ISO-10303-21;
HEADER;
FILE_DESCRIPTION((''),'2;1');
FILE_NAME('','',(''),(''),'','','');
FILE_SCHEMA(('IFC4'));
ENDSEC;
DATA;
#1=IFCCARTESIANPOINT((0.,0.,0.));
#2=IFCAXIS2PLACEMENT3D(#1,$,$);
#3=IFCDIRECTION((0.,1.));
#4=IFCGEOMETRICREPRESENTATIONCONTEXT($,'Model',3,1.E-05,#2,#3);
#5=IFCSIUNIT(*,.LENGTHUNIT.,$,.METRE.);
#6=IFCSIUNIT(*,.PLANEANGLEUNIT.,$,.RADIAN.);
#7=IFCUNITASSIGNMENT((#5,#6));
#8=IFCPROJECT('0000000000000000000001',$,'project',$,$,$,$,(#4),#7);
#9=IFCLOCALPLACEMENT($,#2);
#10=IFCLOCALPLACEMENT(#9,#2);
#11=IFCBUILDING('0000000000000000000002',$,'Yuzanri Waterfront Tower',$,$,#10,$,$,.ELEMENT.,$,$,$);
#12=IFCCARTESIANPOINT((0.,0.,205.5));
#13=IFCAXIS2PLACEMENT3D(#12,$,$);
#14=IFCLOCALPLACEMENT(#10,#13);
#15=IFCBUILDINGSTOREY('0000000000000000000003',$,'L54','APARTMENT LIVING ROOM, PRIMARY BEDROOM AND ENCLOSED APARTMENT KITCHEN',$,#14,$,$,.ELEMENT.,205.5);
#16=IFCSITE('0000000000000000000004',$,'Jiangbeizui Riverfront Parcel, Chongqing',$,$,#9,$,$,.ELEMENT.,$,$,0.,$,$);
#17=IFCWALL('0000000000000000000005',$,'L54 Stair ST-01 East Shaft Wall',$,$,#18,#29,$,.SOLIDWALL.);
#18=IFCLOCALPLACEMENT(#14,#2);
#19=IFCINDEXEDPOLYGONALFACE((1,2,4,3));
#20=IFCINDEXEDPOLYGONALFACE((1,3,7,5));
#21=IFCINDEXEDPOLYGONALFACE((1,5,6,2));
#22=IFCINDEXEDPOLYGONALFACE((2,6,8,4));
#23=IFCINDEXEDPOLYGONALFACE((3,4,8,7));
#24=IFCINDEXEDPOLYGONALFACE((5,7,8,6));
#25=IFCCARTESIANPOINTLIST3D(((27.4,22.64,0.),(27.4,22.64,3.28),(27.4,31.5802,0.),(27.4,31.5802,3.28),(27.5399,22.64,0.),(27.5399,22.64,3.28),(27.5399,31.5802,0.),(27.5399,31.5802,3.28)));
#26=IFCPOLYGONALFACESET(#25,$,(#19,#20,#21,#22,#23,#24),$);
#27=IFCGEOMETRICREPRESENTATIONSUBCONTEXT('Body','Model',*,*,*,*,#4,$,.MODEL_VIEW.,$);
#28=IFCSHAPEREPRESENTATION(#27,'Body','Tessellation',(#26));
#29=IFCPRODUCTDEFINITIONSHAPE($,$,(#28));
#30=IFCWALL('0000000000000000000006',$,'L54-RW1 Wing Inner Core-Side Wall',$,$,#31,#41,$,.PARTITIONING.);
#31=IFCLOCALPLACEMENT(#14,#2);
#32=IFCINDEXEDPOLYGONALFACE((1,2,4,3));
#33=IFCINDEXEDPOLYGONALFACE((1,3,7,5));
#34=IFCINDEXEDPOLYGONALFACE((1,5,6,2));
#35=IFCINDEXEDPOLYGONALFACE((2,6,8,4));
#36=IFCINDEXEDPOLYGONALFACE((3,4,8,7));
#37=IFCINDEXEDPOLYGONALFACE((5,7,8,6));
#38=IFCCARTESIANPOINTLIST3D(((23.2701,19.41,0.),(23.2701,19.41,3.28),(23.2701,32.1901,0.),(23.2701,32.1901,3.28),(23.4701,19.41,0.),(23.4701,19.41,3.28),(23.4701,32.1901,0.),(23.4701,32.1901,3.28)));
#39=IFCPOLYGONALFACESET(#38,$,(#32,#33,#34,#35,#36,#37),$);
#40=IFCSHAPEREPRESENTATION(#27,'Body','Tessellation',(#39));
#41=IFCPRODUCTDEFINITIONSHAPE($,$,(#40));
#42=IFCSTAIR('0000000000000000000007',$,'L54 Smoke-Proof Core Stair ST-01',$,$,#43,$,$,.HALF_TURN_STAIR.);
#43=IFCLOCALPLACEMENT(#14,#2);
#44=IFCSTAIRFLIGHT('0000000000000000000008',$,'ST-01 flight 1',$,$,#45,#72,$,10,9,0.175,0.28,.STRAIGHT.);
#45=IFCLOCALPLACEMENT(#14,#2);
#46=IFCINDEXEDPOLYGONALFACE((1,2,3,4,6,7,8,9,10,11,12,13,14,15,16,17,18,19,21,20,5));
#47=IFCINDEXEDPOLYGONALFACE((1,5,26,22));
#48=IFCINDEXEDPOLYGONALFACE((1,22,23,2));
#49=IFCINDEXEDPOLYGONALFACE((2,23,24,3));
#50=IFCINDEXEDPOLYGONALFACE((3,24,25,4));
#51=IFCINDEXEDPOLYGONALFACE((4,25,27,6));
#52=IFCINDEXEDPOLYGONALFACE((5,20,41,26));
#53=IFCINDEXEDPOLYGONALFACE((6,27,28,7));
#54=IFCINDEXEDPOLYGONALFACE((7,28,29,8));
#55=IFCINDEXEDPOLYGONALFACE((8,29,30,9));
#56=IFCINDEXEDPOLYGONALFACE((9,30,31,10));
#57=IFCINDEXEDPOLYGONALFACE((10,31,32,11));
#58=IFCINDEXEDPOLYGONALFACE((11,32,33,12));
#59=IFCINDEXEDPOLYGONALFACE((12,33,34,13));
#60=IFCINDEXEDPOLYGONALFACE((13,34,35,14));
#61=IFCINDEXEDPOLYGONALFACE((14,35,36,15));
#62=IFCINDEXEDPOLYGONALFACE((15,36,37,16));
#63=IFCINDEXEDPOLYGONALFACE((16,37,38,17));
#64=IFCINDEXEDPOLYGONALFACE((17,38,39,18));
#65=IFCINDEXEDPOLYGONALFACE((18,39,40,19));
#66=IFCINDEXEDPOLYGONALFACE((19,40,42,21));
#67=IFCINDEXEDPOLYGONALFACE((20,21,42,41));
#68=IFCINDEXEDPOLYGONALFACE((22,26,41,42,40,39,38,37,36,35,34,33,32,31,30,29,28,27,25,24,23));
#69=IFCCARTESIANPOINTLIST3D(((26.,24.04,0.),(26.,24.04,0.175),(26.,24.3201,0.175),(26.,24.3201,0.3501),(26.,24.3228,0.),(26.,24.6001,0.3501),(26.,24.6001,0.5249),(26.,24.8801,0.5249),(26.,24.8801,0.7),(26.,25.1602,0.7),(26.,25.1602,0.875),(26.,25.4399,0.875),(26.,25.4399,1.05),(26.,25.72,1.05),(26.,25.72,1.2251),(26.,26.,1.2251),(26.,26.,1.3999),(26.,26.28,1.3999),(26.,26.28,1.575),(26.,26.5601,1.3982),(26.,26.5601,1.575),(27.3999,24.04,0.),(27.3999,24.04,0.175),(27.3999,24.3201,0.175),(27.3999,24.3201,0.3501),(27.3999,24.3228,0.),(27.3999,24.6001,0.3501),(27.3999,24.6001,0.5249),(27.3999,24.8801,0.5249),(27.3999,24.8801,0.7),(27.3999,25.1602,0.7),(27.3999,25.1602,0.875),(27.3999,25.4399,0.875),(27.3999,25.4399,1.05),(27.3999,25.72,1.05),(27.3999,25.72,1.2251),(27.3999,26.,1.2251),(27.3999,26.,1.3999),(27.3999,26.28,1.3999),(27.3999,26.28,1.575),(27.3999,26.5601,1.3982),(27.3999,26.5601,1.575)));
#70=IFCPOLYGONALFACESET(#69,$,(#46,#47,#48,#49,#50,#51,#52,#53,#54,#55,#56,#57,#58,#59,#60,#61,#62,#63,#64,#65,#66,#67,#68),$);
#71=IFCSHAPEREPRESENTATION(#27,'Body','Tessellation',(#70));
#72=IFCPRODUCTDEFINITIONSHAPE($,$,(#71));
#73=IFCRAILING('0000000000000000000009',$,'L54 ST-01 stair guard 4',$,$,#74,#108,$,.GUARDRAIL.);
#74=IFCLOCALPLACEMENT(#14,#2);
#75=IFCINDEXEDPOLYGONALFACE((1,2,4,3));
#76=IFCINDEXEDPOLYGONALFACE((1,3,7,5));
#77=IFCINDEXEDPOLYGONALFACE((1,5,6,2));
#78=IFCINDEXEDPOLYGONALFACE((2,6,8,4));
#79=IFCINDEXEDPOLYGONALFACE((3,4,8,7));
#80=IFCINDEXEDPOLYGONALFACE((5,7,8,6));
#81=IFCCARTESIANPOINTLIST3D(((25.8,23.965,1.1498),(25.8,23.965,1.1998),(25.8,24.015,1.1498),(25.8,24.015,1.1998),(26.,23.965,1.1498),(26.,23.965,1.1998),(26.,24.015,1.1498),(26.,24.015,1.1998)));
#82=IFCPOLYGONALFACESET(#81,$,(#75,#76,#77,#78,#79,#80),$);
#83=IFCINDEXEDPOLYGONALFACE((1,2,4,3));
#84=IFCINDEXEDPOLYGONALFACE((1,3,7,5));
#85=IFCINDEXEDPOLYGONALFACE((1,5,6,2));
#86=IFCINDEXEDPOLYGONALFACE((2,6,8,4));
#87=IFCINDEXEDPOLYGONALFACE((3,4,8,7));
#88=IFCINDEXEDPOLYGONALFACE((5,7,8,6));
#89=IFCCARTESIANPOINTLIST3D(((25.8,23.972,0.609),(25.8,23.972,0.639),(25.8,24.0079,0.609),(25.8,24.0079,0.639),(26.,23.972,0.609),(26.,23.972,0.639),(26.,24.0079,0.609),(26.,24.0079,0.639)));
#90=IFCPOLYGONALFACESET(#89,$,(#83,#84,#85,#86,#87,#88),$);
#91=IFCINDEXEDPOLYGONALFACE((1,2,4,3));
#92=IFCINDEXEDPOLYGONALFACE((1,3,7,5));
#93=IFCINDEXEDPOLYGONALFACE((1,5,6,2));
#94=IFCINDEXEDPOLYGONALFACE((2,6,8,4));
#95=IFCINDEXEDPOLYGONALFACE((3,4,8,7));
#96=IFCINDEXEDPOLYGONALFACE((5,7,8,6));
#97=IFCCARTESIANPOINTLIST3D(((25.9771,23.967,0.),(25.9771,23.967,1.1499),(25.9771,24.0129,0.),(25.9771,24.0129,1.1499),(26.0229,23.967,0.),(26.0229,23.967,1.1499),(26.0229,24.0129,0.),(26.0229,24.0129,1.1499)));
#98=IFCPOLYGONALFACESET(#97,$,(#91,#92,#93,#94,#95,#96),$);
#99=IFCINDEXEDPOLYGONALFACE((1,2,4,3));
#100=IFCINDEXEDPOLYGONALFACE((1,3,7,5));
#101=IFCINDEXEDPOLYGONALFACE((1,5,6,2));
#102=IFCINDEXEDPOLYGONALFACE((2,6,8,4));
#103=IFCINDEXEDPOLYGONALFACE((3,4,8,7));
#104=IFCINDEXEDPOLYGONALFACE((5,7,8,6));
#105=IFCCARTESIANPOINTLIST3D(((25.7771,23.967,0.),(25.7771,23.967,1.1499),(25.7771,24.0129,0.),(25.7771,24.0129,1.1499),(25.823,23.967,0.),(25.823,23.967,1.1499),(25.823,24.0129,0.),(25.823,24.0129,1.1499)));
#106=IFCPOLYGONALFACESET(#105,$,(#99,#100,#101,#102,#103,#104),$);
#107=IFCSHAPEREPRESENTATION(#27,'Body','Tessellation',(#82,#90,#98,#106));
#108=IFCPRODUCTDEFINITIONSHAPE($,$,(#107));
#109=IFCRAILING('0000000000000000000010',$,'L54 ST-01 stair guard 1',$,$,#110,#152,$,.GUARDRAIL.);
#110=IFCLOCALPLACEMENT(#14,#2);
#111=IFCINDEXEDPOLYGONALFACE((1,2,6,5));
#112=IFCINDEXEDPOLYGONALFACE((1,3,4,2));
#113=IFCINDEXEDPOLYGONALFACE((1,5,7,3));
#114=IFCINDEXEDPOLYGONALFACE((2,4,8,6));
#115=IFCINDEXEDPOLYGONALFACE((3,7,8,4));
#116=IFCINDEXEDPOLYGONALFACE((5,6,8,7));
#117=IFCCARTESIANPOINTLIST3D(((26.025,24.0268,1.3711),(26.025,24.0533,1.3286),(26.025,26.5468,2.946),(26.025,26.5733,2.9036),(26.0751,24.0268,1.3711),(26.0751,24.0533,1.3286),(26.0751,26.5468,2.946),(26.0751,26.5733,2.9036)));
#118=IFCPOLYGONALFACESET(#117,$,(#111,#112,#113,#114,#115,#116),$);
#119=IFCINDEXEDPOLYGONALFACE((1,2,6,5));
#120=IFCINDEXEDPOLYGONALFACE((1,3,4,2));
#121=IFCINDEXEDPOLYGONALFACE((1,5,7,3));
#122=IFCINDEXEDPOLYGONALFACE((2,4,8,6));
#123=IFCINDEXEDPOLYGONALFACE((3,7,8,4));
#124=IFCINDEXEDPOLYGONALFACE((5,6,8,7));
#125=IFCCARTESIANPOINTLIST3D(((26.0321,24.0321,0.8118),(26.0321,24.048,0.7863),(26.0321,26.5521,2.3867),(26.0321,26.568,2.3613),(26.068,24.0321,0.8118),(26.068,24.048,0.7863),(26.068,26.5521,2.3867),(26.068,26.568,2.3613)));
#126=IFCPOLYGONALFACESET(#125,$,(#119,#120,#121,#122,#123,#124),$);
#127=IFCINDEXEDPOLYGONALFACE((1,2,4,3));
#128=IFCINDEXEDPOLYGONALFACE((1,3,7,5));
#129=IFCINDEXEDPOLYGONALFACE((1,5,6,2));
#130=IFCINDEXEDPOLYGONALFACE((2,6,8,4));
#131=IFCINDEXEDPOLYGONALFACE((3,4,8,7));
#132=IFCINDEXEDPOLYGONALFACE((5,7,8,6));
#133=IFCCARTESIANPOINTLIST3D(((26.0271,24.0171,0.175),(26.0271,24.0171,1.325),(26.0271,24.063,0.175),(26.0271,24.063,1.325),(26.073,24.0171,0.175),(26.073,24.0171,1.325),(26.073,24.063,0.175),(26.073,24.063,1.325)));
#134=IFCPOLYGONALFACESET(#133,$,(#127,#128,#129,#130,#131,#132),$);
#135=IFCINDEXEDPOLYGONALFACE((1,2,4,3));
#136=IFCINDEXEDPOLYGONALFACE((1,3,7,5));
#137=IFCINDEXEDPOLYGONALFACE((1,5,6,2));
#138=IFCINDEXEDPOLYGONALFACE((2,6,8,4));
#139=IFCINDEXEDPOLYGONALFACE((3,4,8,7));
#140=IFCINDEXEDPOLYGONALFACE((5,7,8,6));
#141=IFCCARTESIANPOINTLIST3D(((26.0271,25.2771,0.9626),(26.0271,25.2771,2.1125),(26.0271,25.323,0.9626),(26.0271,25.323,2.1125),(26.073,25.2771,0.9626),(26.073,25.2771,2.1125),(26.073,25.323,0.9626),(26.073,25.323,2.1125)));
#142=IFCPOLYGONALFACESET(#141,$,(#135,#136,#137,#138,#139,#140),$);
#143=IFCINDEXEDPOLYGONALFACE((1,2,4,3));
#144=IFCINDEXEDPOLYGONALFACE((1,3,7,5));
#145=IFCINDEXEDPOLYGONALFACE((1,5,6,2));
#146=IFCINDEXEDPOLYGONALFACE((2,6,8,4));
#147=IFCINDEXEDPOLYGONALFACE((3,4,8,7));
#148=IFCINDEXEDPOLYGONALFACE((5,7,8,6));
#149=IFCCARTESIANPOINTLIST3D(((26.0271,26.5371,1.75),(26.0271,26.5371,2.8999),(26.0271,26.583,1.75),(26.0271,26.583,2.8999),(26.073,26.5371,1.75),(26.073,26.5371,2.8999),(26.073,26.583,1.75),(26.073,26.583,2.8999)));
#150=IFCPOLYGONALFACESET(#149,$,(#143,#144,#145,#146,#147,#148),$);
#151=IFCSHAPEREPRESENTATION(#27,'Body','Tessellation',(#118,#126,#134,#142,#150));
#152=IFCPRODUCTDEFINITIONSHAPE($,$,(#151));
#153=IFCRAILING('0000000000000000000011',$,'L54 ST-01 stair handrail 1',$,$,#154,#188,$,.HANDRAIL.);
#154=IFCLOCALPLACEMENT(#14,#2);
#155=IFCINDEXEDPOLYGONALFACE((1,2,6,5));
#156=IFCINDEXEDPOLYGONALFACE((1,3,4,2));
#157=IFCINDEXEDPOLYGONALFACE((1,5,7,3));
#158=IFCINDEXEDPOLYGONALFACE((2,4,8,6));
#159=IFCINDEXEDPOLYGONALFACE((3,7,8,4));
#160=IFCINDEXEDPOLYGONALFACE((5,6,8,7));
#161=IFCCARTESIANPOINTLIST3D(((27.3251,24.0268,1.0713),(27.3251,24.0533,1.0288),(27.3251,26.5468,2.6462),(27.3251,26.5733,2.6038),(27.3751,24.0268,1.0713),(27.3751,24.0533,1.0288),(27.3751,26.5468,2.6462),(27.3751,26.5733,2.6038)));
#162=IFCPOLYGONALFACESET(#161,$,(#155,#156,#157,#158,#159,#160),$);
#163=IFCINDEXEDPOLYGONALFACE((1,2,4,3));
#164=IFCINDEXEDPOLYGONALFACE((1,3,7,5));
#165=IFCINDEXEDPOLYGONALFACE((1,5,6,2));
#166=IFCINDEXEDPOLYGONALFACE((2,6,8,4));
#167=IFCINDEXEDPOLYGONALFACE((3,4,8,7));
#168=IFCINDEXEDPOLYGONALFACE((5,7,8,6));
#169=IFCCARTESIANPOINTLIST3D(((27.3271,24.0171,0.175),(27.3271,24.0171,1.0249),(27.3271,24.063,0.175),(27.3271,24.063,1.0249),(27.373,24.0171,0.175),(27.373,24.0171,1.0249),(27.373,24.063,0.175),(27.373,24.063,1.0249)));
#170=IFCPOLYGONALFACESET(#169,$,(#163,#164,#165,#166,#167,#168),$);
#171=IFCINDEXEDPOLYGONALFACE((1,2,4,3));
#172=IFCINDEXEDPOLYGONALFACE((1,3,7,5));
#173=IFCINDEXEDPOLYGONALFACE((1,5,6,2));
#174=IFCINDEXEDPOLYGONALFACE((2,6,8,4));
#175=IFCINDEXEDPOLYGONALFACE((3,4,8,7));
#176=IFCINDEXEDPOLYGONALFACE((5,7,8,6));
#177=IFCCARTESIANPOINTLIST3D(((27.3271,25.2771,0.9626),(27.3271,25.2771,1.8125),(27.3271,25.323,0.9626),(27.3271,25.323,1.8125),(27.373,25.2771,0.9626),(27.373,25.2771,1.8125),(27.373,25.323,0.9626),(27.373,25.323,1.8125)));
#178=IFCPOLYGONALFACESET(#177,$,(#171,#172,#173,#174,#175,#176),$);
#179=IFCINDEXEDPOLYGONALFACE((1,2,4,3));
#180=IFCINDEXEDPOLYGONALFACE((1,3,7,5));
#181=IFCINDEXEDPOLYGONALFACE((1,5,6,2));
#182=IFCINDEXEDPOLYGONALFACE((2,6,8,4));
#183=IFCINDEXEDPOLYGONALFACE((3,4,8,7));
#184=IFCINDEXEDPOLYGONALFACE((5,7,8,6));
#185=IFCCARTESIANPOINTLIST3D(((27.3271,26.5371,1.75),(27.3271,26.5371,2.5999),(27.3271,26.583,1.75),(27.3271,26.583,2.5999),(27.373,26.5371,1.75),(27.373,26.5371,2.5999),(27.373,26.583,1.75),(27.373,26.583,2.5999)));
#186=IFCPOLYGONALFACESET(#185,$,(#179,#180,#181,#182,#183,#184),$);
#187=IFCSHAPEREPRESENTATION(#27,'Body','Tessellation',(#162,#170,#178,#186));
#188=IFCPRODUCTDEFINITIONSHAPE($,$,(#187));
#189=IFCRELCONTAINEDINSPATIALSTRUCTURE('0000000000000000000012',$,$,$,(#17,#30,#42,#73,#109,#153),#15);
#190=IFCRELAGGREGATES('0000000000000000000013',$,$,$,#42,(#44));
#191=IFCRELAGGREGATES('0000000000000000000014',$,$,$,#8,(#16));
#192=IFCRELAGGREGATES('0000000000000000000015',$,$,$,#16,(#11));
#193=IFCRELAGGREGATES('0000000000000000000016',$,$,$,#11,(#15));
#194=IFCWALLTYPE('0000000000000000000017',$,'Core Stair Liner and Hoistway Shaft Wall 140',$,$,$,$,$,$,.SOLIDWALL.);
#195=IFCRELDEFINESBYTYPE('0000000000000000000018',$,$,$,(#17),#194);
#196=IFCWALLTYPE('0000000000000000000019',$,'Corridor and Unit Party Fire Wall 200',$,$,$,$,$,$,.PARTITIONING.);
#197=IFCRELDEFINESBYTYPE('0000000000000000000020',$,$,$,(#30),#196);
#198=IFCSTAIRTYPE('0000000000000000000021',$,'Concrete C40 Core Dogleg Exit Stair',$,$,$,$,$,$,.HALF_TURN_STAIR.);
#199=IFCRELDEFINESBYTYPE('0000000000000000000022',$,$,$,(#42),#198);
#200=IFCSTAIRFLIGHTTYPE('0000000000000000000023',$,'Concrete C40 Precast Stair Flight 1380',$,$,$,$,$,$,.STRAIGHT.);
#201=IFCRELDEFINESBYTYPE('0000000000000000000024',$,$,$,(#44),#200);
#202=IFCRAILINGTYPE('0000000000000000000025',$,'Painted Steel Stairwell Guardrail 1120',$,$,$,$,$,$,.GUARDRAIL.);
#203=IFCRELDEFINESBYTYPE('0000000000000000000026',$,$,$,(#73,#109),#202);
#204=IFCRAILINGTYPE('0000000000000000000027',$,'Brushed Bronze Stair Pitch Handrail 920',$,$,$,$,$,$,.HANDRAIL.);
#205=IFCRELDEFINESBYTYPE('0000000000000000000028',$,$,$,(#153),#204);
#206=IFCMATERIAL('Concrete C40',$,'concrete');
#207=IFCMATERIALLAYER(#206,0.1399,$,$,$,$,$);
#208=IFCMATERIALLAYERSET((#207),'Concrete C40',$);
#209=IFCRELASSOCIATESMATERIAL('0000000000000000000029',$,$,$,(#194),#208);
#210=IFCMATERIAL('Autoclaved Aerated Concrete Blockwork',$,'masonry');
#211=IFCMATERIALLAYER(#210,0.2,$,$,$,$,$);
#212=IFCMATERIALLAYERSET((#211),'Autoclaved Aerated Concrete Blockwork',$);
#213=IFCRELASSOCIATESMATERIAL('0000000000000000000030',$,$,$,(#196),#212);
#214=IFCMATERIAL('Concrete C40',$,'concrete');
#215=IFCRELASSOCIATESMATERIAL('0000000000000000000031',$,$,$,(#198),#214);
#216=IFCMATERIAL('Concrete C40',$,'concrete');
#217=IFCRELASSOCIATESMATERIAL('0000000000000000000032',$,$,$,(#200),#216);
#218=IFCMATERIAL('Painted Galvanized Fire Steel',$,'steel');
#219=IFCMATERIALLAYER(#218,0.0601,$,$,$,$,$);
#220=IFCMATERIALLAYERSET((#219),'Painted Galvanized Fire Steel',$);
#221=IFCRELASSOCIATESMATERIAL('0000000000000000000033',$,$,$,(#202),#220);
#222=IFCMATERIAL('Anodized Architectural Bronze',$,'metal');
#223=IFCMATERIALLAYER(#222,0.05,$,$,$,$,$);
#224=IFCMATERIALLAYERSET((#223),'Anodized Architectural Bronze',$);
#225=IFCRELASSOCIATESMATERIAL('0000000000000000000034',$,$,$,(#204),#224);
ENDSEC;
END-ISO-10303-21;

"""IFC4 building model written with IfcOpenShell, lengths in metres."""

from ifc_helpers import new_model, si_unit, direction, frame, frame_2d, origin, origin_2d, place, context, subcontext, project, spatial, polyline, rectangle, outline, extrude, source, transform, mapped, material, layer, layer_set, type_object, element, aggregate, save


model = new_model("IFC4")

# Units and contexts
model_context = context("Model", 3, precision=1e-05, world=origin(), true_north=direction((0.0, 1.0)))
body_context = subcontext(model_context, "Body", "Model", "MODEL_VIEW")
ifc_project = project(units=[si_unit("LENGTHUNIT", "METRE"), si_unit("PLANEANGLEUNIT", "RADIAN")], contexts=[model_context])

# Site, building, storey
site_placement = place(None, origin())
site = spatial("IfcSite", under=ifc_project, at=site_placement, Name="Jiangbeizui Riverfront Parcel, Chongqing", CompositionType="ELEMENT", RefElevation=0.0)
building_placement = place(site_placement, origin())
building = spatial("IfcBuilding", under=site, at=building_placement, Name="Yuzanri Waterfront Tower", CompositionType="ELEMENT")
storey_placement = place(building_placement, frame((0.0, 0.0, 205.5)))
storey = spatial("IfcBuildingStorey", under=building, at=storey_placement, Name="L54", Description="APARTMENT LIVING ROOM, PRIMARY BEDROOM AND ENCLOSED APARTMENT KITCHEN", CompositionType="ELEMENT", Elevation=205.5)

# Shared definitions
ifc_material_1 = material(Name="Concrete C40", Category="concrete")
ifc_layer_1 = layer(ifc_material_1, 0.1399)
ifc_layer_set_1 = layer_set([ifc_layer_1], Name="Concrete C40")
wall_type_1 = type_object("IfcWallType", Name="Core Stair Liner and Hoistway Shaft Wall 140", PredefinedType="SOLIDWALL", material=ifc_layer_set_1)
ifc_material_2 = material(Name="Autoclaved Aerated Concrete Blockwork", Category="masonry")
ifc_layer_2 = layer(ifc_material_2, 0.2)
ifc_layer_set_2 = layer_set([ifc_layer_2], Name="Autoclaved Aerated Concrete Blockwork")
wall_type_2 = type_object("IfcWallType", Name="Corridor and Unit Party Fire Wall 200", PredefinedType="PARTITIONING", material=ifc_layer_set_2)

# Walls
shared_shape_1 = source(origin(), body_context, "Body", "SweptSolid", [
    extrude(rectangle(XDim=8.9402, YDim=0.1399, at=frame_2d((4.4702, 0.0))), origin(), (0.0, 0.0, 1.0), 3.28),
])
for number, where, z_axis, x_axis, name in (
    (1, (27.47, 22.6399, 0.0), (0.0, 0.0, 1.0), (0.0, 1.0, 0.0), "L54 Stair ST-01 East Shaft Wall"),
):
    element("IfcWall", number, at=place(storey_placement, frame(where, z_axis=z_axis, x_axis=x_axis)), inside=storey, type_object=wall_type_1, Name=name, PredefinedType="SOLIDWALL", context=body_context, shape_type="MappedRepresentation", body=[
        mapped(shared_shape_1, transform((0.0, 0.0, 0.0), scale=1.0)),
    ])
shared_shape_2 = source(origin(), body_context, "Body", "SweptSolid", [
    extrude(rectangle(XDim=12.78, YDim=0.2, at=frame_2d((6.3901, 0.0))), origin(), (0.0, 0.0, 1.0), 3.28),
])
wall_1_placement = place(storey_placement, frame((23.3701, 19.4099, 0.0), z_axis=(0.0, 0.0, 1.0), x_axis=(0.0, 1.0, 0.0)))
element("IfcWall", 2, at=wall_1_placement, inside=storey, type_object=wall_type_2, Name="L54-RW1 Wing Inner Core-Side Wall", PredefinedType="PARTITIONING", context=body_context, shape_type="MappedRepresentation", body=[
    mapped(shared_shape_2, transform((0.0, 0.0, 0.0), scale=1.0)),
])

# Stair, stair flight
ifc_material_3 = material(Name="Concrete C40", Category="concrete")
stair_type = type_object("IfcStairType", Name="Concrete C40 Core Dogleg Exit Stair", PredefinedType="HALF_TURN_STAIR", material=ifc_material_3)
stair_placement = place(storey_placement, origin())
stair = element("IfcStair", 3, at=stair_placement, inside=storey, type_object=stair_type, Name="L54 Smoke-Proof Core Stair ST-01", PredefinedType="HALF_TURN_STAIR")
ifc_material_4 = material(Name="Concrete C40", Category="concrete")
stair_flight_type = type_object("IfcStairFlightType", Name="Concrete C40 Precast Stair Flight 1380", PredefinedType="STRAIGHT", material=ifc_material_4)
shared_shape_3 = source(origin(), body_context, "Body", "SweptSolid", [
    extrude(outline(polyline([(0.0, 0.0), (0.0, 0.175), (0.28, 0.175), (0.28, 0.3501), (0.5601, 0.3501), (0.5601, 0.5249), (0.8401, 0.5249), (0.8401, 0.7), (1.1201, 0.7), (1.1201, 0.875), (1.3999, 0.875), (1.3999, 1.05), (1.6799, 1.05), (1.6799, 1.2251), (1.96, 1.2251), (1.96, 1.3999), (2.24, 1.3999), (2.24, 1.575), (2.52, 1.575), (2.52, 1.75), (2.52, 1.3982), (0.2827, 0.0), (0.0, 0.0)])), frame((0.0, 0.7, 0.0), z_axis=(0.0, -1.0, 0.0), x_axis=(1.0, 0.0, 0.0)), (0.0, 0.0, 1.0), 1.3999),
])
stair_flight_placement = place(storey_placement, frame((26.7, 24.04, 0.0), z_axis=(0.0, 0.0, 1.0), x_axis=(0.0, 1.0, 0.0)))
stair_flight = element("IfcStairFlight", 4, at=stair_flight_placement, type_object=stair_flight_type, Name="ST-01 flight 1", NumberOfRisers=10, NumberOfTreads=9, PredefinedType="STRAIGHT", RiserHeight=0.175, TreadLength=0.28, context=body_context, shape_type="MappedRepresentation", body=[
    mapped(shared_shape_3, transform((0.0, 0.0, 0.0), scale=1.0)),
])
aggregate(stair, [stair_flight])

# Railings
ifc_material_5 = material(Name="Painted Galvanized Fire Steel", Category="steel")
ifc_layer_3 = layer(ifc_material_5, 0.0601)
ifc_layer_set_3 = layer_set([ifc_layer_3], Name="Painted Galvanized Fire Steel")
railing_type_1 = type_object("IfcRailingType", Name="Painted Steel Stairwell Guardrail 1120", PredefinedType="GUARDRAIL", material=ifc_layer_set_3)
shared_shape_4 = source(origin(), body_context, "Body", "SweptSolid", [
    extrude(rectangle(XDim=0.05, YDim=0.05, at=origin_2d()), frame((0.0, 0.0, 1.1748), z_axis=(-1.0, 0.0, 0.0), x_axis=(0.0, -1.0, 0.0)), (0.0, 0.0, 1.0), 0.2),
    extrude(rectangle(XDim=0.0359, YDim=0.03, at=origin_2d()), frame((0.0, 0.0, 0.624), z_axis=(-1.0, 0.0, 0.0), x_axis=(0.0, -1.0, 0.0)), (0.0, 0.0, 1.0), 0.2),
    extrude(rectangle(XDim=0.0459, YDim=0.0459, at=origin_2d()), origin(), (0.0, 0.0, 1.0), 1.1499),
    extrude(rectangle(XDim=0.0459, YDim=0.0459, at=origin_2d()), frame((-0.2, 0.0, 0.0)), (0.0, 0.0, 1.0), 1.1499),
])
railing_1_placement = place(storey_placement, frame((26.0, 23.99, 0.0)))
element("IfcRailing", 5, at=railing_1_placement, inside=storey, type_object=railing_type_1, Name="L54 ST-01 stair guard 4", PredefinedType="GUARDRAIL", context=body_context, shape_type="MappedRepresentation", body=[
    mapped(shared_shape_4, transform((0.0, 0.0, 0.0), scale=1.0)),
])
shared_shape_5 = source(origin(), body_context, "Body", "SweptSolid", [
    extrude(rectangle(XDim=0.05, YDim=0.05, at=origin_2d()), frame((0.0, 0.0, 1.1748), z_axis=(0.0, 0.848008, 0.529984), x_axis=(-1.0, 0.0, 0.0)), (0.0, 0.0, 1.0), 2.9717),
    extrude(rectangle(XDim=0.0359, YDim=0.03, at=origin_2d()), frame((0.0, 0.0, 0.624), z_axis=(0.0, 0.848008, 0.529984), x_axis=(-1.0, 0.0, 0.0)), (0.0, 0.0, 1.0), 2.9717),
    extrude(rectangle(XDim=0.0459, YDim=0.0459, at=origin_2d()), origin(), (0.0, 0.0, 1.0), 1.1499),
    extrude(rectangle(XDim=0.0459, YDim=0.0459, at=origin_2d()), frame((0.0, 1.26, 0.7876)), (0.0, 0.0, 1.0), 1.1499),
    extrude(rectangle(XDim=0.0459, YDim=0.0459, at=origin_2d()), frame((0.0, 2.52, 1.575)), (0.0, 0.0, 1.0), 1.1499),
])
railing_2_placement = place(storey_placement, frame((26.05, 24.04, 0.175)))
element("IfcRailing", 6, at=railing_2_placement, inside=storey, type_object=railing_type_1, Name="L54 ST-01 stair guard 1", PredefinedType="GUARDRAIL", context=body_context, shape_type="MappedRepresentation", body=[
    mapped(shared_shape_5, transform((0.0, 0.0, 0.0), scale=1.0)),
])
ifc_material_6 = material(Name="Anodized Architectural Bronze", Category="metal")
ifc_layer_4 = layer(ifc_material_6, 0.05)
ifc_layer_set_4 = layer_set([ifc_layer_4], Name="Anodized Architectural Bronze")
railing_type_2 = type_object("IfcRailingType", Name="Brushed Bronze Stair Pitch Handrail 920", PredefinedType="HANDRAIL", material=ifc_layer_set_4)
shared_shape_6 = source(origin(), body_context, "Body", "SweptSolid", [
    extrude(rectangle(XDim=0.05, YDim=0.05, at=origin_2d()), frame((0.0, 0.0, 0.875), z_axis=(0.0, 0.848008, 0.529984), x_axis=(-1.0, 0.0, 0.0)), (0.0, 0.0, 1.0), 2.9717),
    extrude(rectangle(XDim=0.0459, YDim=0.0459, at=origin_2d()), origin(), (0.0, 0.0, 1.0), 0.8499),
    extrude(rectangle(XDim=0.0459, YDim=0.0459, at=origin_2d()), frame((0.0, 1.26, 0.7876)), (0.0, 0.0, 1.0), 0.8499),
    extrude(rectangle(XDim=0.0459, YDim=0.0459, at=origin_2d()), frame((0.0, 2.52, 1.575)), (0.0, 0.0, 1.0), 0.8499),
])
railing_3_placement = place(storey_placement, frame((27.3501, 24.04, 0.175)))
element("IfcRailing", 7, at=railing_3_placement, inside=storey, type_object=railing_type_2, Name="L54 ST-01 stair handrail 1", PredefinedType="HANDRAIL", context=body_context, shape_type="MappedRepresentation", body=[
    mapped(shared_shape_6, transform((0.0, 0.0, 0.0), scale=1.0)),
])

save(model, "model.ifc")
